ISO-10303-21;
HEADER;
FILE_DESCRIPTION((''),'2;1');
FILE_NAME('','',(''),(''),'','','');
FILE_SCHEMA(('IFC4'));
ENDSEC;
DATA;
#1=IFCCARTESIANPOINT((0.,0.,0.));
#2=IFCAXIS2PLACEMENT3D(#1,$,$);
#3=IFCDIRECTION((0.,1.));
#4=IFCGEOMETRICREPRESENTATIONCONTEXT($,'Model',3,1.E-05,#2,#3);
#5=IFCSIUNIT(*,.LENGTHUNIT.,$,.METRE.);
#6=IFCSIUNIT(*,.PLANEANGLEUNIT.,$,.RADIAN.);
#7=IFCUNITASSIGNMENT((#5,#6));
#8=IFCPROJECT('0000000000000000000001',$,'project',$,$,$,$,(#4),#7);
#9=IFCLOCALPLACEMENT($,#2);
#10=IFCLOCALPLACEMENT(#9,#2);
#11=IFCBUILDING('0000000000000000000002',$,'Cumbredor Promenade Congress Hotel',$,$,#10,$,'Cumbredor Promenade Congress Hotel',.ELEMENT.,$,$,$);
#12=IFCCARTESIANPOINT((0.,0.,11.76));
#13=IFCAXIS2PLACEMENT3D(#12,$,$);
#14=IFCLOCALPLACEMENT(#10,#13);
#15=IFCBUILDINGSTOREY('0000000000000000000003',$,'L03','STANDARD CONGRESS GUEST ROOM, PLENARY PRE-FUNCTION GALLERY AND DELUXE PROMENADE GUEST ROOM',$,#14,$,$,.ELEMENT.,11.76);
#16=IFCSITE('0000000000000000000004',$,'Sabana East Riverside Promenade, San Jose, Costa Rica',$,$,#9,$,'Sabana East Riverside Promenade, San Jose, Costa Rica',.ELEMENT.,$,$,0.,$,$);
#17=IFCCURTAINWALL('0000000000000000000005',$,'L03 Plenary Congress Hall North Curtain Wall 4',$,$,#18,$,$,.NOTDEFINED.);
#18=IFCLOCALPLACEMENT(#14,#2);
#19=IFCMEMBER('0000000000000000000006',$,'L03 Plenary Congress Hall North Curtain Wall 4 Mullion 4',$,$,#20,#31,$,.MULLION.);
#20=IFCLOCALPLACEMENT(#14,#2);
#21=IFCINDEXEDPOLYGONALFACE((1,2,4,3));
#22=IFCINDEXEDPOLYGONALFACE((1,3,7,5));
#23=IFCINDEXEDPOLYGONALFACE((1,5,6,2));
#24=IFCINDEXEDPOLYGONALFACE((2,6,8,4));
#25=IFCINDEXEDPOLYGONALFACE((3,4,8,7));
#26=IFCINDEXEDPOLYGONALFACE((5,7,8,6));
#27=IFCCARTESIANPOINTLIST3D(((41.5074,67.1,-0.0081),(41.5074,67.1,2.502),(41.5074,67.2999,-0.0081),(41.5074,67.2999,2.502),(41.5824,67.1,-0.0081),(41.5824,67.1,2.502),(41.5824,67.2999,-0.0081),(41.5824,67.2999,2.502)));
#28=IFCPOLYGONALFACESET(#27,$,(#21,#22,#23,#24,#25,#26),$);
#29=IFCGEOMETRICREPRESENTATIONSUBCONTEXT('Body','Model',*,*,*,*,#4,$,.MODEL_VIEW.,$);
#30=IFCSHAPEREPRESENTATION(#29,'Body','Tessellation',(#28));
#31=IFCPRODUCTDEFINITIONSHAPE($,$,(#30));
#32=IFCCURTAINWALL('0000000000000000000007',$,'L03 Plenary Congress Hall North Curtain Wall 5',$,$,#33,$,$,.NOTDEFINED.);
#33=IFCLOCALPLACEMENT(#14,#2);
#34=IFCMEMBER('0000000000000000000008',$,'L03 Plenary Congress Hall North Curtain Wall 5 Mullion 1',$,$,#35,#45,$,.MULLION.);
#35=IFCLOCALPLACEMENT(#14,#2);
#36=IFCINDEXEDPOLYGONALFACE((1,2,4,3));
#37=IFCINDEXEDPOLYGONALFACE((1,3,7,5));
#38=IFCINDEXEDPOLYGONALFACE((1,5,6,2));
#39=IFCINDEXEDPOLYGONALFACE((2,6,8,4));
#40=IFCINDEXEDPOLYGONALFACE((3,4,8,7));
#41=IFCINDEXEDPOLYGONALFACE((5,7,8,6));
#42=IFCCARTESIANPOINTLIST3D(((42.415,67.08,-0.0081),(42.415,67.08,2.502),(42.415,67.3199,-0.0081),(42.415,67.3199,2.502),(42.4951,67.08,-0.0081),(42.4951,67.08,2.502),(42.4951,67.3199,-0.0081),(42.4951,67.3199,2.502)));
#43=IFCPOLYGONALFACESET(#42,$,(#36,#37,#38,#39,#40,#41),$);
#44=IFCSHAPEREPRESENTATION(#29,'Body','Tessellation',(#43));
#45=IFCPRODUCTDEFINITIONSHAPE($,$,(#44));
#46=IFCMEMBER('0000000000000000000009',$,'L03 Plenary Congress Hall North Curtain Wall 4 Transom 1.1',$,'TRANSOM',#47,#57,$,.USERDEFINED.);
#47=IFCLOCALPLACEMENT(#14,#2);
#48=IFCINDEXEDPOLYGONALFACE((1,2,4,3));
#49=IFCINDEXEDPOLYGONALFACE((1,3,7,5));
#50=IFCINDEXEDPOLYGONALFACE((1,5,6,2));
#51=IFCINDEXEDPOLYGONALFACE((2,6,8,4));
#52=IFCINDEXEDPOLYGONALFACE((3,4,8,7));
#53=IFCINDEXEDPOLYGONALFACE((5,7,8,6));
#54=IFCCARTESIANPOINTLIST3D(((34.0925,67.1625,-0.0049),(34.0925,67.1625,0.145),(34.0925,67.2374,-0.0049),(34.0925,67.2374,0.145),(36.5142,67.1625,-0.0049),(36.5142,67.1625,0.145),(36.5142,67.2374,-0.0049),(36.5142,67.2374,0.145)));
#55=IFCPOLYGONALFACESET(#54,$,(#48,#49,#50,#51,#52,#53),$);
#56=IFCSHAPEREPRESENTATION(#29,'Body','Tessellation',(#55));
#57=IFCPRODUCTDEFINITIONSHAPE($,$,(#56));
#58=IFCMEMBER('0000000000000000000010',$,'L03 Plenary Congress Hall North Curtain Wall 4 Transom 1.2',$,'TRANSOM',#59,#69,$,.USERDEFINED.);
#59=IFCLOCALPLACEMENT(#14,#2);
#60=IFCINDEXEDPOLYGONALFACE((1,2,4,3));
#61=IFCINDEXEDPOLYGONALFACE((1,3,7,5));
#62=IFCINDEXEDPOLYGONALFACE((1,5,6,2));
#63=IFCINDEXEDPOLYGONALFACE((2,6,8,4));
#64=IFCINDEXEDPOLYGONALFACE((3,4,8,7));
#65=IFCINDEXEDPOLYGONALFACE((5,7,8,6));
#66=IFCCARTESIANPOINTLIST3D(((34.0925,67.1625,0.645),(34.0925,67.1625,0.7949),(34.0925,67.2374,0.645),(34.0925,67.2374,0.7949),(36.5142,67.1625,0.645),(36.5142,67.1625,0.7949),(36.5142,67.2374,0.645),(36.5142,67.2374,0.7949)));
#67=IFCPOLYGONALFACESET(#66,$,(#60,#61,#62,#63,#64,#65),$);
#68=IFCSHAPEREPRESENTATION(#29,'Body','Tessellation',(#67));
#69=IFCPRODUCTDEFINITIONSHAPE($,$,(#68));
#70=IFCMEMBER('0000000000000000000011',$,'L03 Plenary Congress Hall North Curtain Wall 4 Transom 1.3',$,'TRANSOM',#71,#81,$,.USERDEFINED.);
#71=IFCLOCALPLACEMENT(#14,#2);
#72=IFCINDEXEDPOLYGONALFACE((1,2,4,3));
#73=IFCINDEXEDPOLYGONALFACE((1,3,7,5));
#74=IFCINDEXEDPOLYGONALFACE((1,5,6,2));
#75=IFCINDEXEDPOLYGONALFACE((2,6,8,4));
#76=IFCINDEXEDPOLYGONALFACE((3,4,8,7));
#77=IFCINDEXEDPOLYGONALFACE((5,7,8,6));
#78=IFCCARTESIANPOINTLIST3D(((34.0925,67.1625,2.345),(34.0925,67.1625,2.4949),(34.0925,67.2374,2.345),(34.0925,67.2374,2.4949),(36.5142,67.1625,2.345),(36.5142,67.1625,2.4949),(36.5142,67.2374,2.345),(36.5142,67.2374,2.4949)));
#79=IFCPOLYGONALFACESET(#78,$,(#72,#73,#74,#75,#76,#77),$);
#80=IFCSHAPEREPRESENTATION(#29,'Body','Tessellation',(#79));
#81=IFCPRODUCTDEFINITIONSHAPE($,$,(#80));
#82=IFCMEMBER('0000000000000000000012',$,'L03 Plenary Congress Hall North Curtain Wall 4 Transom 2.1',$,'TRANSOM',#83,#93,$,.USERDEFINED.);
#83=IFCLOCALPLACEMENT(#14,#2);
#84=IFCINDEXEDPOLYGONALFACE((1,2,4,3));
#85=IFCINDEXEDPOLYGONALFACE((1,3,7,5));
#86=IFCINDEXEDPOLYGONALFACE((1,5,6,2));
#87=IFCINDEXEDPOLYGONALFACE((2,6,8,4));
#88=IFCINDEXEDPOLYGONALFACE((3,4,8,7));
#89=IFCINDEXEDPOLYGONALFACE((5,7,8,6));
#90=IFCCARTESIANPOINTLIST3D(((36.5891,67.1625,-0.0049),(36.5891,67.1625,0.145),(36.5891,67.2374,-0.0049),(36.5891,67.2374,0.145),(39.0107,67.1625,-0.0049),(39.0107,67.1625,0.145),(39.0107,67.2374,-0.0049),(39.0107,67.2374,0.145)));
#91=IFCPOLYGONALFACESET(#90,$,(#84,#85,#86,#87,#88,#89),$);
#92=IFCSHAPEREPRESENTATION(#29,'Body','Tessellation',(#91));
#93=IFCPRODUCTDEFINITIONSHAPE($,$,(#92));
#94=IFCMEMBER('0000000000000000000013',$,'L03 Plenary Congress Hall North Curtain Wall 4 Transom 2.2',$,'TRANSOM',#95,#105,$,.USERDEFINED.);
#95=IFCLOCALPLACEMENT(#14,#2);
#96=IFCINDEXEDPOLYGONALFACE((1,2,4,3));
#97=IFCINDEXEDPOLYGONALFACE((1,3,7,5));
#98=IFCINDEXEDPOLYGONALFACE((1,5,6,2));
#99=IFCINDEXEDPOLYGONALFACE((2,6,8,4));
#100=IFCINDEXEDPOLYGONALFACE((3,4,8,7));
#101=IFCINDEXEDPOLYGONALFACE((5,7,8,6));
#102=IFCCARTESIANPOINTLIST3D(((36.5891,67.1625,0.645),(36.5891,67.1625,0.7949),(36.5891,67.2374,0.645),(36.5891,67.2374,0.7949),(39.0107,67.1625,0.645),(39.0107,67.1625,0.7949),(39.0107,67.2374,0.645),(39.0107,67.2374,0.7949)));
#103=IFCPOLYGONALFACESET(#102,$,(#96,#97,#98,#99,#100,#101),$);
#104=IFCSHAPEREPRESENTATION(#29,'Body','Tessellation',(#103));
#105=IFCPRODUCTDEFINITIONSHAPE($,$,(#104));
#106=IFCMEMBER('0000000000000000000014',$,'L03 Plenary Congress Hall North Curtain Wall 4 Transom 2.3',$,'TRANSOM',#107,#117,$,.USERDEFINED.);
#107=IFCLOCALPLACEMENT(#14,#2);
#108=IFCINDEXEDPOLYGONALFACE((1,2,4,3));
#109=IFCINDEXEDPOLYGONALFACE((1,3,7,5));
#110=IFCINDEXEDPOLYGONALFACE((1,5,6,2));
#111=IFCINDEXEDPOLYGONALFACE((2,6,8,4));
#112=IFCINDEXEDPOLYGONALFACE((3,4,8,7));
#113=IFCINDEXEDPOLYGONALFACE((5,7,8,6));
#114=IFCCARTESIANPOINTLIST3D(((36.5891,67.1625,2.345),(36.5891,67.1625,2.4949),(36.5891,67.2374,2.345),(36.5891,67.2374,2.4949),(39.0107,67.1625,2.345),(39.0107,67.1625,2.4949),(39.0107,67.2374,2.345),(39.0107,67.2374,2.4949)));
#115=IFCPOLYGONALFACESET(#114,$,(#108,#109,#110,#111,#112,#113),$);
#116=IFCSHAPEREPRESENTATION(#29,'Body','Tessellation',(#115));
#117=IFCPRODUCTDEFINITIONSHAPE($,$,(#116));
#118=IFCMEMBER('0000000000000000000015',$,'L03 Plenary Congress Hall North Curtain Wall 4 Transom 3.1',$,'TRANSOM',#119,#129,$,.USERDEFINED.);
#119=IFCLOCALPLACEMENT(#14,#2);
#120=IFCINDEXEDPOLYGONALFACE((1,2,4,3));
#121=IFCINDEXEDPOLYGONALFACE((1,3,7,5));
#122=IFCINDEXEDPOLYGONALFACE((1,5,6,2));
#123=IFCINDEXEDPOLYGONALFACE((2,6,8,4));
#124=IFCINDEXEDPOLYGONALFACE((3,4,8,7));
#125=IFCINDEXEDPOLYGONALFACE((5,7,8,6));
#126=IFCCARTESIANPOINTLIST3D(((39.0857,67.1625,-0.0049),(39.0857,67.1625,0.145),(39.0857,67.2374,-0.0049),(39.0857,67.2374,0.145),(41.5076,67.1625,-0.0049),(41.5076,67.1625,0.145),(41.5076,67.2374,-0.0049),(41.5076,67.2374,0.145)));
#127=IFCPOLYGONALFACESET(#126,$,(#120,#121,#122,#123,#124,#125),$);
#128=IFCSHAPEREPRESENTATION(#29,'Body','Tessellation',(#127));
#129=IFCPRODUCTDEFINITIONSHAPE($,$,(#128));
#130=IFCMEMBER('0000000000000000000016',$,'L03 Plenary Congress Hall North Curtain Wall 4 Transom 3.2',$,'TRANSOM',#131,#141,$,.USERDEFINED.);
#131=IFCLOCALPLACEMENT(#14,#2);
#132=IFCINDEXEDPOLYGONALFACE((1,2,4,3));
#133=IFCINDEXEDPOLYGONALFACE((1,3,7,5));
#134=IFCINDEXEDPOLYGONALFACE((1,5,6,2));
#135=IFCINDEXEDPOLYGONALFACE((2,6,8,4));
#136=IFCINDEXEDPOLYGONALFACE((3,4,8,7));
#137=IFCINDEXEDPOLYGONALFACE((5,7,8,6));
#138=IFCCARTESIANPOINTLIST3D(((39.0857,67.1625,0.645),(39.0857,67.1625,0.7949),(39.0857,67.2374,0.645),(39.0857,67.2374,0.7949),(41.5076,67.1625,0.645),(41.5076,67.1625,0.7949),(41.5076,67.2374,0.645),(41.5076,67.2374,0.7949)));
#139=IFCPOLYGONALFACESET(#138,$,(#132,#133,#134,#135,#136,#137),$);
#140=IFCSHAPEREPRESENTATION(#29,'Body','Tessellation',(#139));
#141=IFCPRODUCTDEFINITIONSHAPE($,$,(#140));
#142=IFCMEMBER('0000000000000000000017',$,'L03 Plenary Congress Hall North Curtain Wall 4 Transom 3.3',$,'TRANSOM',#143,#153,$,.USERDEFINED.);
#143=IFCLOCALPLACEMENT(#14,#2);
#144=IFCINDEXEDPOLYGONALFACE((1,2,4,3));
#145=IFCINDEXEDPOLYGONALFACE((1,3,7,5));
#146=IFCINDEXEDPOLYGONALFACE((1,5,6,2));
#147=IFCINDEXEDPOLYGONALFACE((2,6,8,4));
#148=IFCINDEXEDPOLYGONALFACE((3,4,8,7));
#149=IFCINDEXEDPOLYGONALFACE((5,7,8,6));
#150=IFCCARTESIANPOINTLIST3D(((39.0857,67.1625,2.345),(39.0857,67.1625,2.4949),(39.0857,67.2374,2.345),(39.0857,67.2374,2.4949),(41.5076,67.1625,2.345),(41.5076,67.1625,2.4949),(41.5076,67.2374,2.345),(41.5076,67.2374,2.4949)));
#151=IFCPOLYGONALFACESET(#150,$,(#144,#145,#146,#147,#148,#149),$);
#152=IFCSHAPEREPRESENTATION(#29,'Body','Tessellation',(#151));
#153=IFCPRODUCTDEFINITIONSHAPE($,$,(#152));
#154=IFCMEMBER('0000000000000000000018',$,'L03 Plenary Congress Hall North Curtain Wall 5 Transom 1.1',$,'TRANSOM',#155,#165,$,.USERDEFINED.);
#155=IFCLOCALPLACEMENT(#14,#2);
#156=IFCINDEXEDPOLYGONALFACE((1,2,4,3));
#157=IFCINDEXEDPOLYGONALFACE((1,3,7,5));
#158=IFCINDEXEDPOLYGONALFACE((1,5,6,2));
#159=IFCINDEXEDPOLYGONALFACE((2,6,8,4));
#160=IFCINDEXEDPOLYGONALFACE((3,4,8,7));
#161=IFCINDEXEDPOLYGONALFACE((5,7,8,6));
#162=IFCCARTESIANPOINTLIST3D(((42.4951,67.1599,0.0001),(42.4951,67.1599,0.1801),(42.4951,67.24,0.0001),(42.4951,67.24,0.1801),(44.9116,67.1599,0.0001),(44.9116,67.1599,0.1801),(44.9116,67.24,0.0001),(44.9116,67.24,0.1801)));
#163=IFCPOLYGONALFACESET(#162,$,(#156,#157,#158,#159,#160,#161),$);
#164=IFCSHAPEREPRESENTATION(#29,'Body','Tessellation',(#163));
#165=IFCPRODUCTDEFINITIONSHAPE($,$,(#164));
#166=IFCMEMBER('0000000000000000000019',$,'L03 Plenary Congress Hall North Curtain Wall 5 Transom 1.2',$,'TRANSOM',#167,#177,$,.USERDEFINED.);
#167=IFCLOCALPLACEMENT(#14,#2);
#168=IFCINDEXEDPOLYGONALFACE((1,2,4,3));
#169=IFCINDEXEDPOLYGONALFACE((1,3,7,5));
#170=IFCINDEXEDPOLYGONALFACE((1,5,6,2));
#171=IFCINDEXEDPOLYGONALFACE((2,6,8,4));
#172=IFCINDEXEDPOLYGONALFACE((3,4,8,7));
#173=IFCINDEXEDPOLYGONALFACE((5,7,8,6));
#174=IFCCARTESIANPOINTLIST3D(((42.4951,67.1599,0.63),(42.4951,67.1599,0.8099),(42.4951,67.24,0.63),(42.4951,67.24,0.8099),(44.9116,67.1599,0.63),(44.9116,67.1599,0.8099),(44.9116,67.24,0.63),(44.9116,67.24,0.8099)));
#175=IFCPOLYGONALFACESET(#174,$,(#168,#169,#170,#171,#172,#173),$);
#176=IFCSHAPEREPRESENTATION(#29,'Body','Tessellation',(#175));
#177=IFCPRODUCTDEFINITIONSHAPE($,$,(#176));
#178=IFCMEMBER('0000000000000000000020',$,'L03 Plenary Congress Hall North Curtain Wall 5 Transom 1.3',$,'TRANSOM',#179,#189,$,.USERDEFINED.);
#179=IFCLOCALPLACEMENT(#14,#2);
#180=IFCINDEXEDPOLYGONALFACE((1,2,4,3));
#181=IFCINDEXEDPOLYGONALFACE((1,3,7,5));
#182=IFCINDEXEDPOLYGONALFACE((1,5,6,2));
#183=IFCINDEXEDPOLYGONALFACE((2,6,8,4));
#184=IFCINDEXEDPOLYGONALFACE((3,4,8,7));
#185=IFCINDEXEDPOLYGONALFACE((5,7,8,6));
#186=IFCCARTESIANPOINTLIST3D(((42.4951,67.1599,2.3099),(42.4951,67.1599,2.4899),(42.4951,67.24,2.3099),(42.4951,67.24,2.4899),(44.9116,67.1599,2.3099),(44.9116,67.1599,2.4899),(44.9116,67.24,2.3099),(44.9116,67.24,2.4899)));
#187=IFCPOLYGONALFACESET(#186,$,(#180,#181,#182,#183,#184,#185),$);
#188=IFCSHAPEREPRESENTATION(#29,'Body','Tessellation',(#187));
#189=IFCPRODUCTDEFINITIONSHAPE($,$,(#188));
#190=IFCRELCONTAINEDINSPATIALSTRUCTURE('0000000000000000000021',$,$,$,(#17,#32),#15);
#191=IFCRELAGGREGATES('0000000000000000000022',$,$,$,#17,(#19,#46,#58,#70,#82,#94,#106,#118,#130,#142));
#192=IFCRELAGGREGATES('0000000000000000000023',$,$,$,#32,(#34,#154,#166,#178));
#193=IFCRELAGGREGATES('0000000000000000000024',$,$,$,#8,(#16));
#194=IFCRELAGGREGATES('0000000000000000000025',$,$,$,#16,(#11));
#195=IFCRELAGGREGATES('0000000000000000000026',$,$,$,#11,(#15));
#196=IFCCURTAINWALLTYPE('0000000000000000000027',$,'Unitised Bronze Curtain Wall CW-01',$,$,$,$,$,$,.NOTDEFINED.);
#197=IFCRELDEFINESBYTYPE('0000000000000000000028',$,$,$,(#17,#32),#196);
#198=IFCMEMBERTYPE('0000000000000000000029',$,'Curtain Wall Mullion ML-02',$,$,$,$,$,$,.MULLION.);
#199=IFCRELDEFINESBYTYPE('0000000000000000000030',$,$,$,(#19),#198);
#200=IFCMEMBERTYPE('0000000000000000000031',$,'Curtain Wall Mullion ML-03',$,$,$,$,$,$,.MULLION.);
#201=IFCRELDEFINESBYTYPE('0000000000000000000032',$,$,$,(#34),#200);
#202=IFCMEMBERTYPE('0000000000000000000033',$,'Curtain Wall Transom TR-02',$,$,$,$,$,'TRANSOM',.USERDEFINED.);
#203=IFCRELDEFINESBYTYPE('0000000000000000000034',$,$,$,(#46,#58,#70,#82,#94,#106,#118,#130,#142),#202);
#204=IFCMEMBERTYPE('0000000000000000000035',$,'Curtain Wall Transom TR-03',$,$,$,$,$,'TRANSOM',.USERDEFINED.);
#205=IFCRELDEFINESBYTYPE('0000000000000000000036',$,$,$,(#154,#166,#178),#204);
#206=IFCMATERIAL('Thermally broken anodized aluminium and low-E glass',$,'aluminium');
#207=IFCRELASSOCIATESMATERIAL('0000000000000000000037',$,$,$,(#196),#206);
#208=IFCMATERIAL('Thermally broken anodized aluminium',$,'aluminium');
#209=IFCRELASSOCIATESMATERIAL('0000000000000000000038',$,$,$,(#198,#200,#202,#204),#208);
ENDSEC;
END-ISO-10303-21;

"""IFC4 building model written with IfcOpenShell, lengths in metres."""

from ifc_helpers import new_model, si_unit, direction, frame, origin, origin_2d, place, context, subcontext, project, spatial, rectangle, extrude, material, material_profile, profile_set, type_object, element, aggregate, save


model = new_model("IFC4")

# Units and contexts
model_context = context("Model", 3, precision=1e-05, world=origin(), true_north=direction((0.0, 1.0)))
body_context = subcontext(model_context, "Body", "Model", "MODEL_VIEW")
ifc_project = project(units=[si_unit("LENGTHUNIT", "METRE"), si_unit("PLANEANGLEUNIT", "RADIAN")], contexts=[model_context])

# Site, building, storey
site_placement = place(None, origin())
site = spatial("IfcSite", under=ifc_project, at=site_placement, Name="Sabana East Riverside Promenade, San Jose, Costa Rica", LongName="Sabana East Riverside Promenade, San Jose, Costa Rica", CompositionType="ELEMENT", RefElevation=0.0)
building_placement = place(site_placement, origin())
building = spatial("IfcBuilding", under=site, at=building_placement, Name="Cumbredor Promenade Congress Hotel", LongName="Cumbredor Promenade Congress Hotel", CompositionType="ELEMENT")
storey_placement = place(building_placement, frame((0.0, 0.0, 11.76)))
storey = spatial("IfcBuildingStorey", under=building, at=storey_placement, Name="L03", Description="STANDARD CONGRESS GUEST ROOM, PLENARY PRE-FUNCTION GALLERY AND DELUXE PROMENADE GUEST ROOM", CompositionType="ELEMENT", Elevation=11.76)

# Curtain wall, member
ifc_material_1 = material(Name="Thermally broken anodized aluminium and low-E glass", Category="aluminium")
curtain_wall_type = type_object("IfcCurtainWallType", Name="Unitised Bronze Curtain Wall CW-01", PredefinedType="NOTDEFINED", material=ifc_material_1)
curtain_wall_1_placement = place(storey_placement, origin())
curtain_wall_1 = element("IfcCurtainWall", 1, at=curtain_wall_1_placement, inside=storey, type_object=curtain_wall_type, Name="L03 Plenary Congress Hall North Curtain Wall 4", PredefinedType="NOTDEFINED")
ifc_material_2 = material(Name="Thermally broken anodized aluminium", Category="aluminium")
ifc_material_profile_1 = material_profile(ifc_material_2, rectangle(XDim=0.075, YDim=0.2, at=origin_2d()), Name="ALU MULLION 75x200")
ifc_profile_set_1 = profile_set([ifc_material_profile_1], Name="Thermally broken anodized aluminium")
member_type_1 = type_object("IfcMemberType", Name="Curtain Wall Mullion ML-02", PredefinedType="MULLION", material=ifc_profile_set_1)
member_1_placement = place(storey_placement, frame((41.5449, 67.2, -0.0081), z_axis=(0.0, 0.0, 1.0), x_axis=(1.0, 0.0, 0.0)))
member_1 = element("IfcMember", 2, at=member_1_placement, type_object=member_type_1, Name="L03 Plenary Congress Hall North Curtain Wall 4 Mullion 4", PredefinedType="MULLION", context=body_context, shape_type="SweptSolid", body=[
    extrude(rectangle(XDim=0.075, YDim=0.2, at=origin_2d()), origin(), (0.0, 0.0, 1.0), 2.51),
])

# Curtain wall, member
curtain_wall_2_placement = place(storey_placement, origin())
curtain_wall_2 = element("IfcCurtainWall", 3, at=curtain_wall_2_placement, inside=storey, type_object=curtain_wall_type, Name="L03 Plenary Congress Hall North Curtain Wall 5", PredefinedType="NOTDEFINED")
ifc_material_profile_2 = material_profile(ifc_material_2, rectangle(XDim=0.0801, YDim=0.24, at=origin_2d()), Name="ALU MULLION 80x240")
ifc_profile_set_2 = profile_set([ifc_material_profile_2], Name="Thermally broken anodized aluminium")
member_type_2 = type_object("IfcMemberType", Name="Curtain Wall Mullion ML-03", PredefinedType="MULLION", material=ifc_profile_set_2)
member_2_placement = place(storey_placement, frame((42.4551, 67.2, -0.0081), z_axis=(0.0, 0.0, 1.0), x_axis=(1.0, 0.0, 0.0)))
member_2 = element("IfcMember", 4, at=member_2_placement, type_object=member_type_2, Name="L03 Plenary Congress Hall North Curtain Wall 5 Mullion 1", PredefinedType="MULLION", context=body_context, shape_type="SweptSolid", body=[
    extrude(rectangle(XDim=0.0801, YDim=0.24, at=origin_2d()), origin(), (0.0, 0.0, 1.0), 2.51),
])

# Members
ifc_material_profile_3 = material_profile(ifc_material_2, rectangle(XDim=0.075, YDim=0.1499, at=origin_2d()), Name="ALU TRANSOM 75x150")
ifc_profile_set_3 = profile_set([ifc_material_profile_3], Name="Thermally broken anodized aluminium")
member_type_3 = type_object("IfcMemberType", Name="Curtain Wall Transom TR-02", ElementType="TRANSOM", PredefinedType="USERDEFINED", material=ifc_profile_set_3)
member_3_placement = place(storey_placement, frame((34.0925, 67.2, 0.0701), z_axis=(1.0, 0.0, 0.0), x_axis=(0.0, 1.0, 0.0)))
member_3 = element("IfcMember", 5, at=member_3_placement, type_object=member_type_3, Name="L03 Plenary Congress Hall North Curtain Wall 4 Transom 1.1", ObjectType="TRANSOM", PredefinedType="USERDEFINED", context=body_context, shape_type="SweptSolid", body=[
    extrude(rectangle(XDim=0.075, YDim=0.1499, at=origin_2d()), origin(), (0.0, 0.0, 1.0), 2.4216),
])
member_4_placement = place(storey_placement, frame((34.0925, 67.2, 0.72), z_axis=(1.0, 0.0, 0.0), x_axis=(0.0, 1.0, 0.0)))
member_4 = element("IfcMember", 6, at=member_4_placement, type_object=member_type_3, Name="L03 Plenary Congress Hall North Curtain Wall 4 Transom 1.2", ObjectType="TRANSOM", PredefinedType="USERDEFINED", context=body_context, shape_type="SweptSolid", body=[
    extrude(rectangle(XDim=0.075, YDim=0.1499, at=origin_2d()), origin(), (0.0, 0.0, 1.0), 2.4216),
])
member_5_placement = place(storey_placement, frame((34.0925, 67.2, 2.4199), z_axis=(1.0, 0.0, 0.0), x_axis=(0.0, 1.0, 0.0)))
member_5 = element("IfcMember", 7, at=member_5_placement, type_object=member_type_3, Name="L03 Plenary Congress Hall North Curtain Wall 4 Transom 1.3", ObjectType="TRANSOM", PredefinedType="USERDEFINED", context=body_context, shape_type="SweptSolid", body=[
    extrude(rectangle(XDim=0.075, YDim=0.1499, at=origin_2d()), origin(), (0.0, 0.0, 1.0), 2.4216),
])
member_6_placement = place(storey_placement, frame((36.5891, 67.2, 0.0701), z_axis=(1.0, 0.0, 0.0), x_axis=(0.0, 1.0, 0.0)))
member_6 = element("IfcMember", 8, at=member_6_placement, type_object=member_type_3, Name="L03 Plenary Congress Hall North Curtain Wall 4 Transom 2.1", ObjectType="TRANSOM", PredefinedType="USERDEFINED", context=body_context, shape_type="SweptSolid", body=[
    extrude(rectangle(XDim=0.075, YDim=0.1499, at=origin_2d()), origin(), (0.0, 0.0, 1.0), 2.4216),
])
member_7_placement = place(storey_placement, frame((36.5891, 67.2, 0.72), z_axis=(1.0, 0.0, 0.0), x_axis=(0.0, 1.0, 0.0)))
member_7 = element("IfcMember", 9, at=member_7_placement, type_object=member_type_3, Name="L03 Plenary Congress Hall North Curtain Wall 4 Transom 2.2", ObjectType="TRANSOM", PredefinedType="USERDEFINED", context=body_context, shape_type="SweptSolid", body=[
    extrude(rectangle(XDim=0.075, YDim=0.1499, at=origin_2d()), origin(), (0.0, 0.0, 1.0), 2.4216),
])
member_8_placement = place(storey_placement, frame((36.5891, 67.2, 2.4199), z_axis=(1.0, 0.0, 0.0), x_axis=(0.0, 1.0, 0.0)))
member_8 = element("IfcMember", 10, at=member_8_placement, type_object=member_type_3, Name="L03 Plenary Congress Hall North Curtain Wall 4 Transom 2.3", ObjectType="TRANSOM", PredefinedType="USERDEFINED", context=body_context, shape_type="SweptSolid", body=[
    extrude(rectangle(XDim=0.075, YDim=0.1499, at=origin_2d()), origin(), (0.0, 0.0, 1.0), 2.4216),
])
member_9_placement = place(storey_placement, frame((39.0857, 67.2, 0.0701), z_axis=(1.0, 0.0, 0.0), x_axis=(0.0, 1.0, 0.0)))
member_9 = element("IfcMember", 11, at=member_9_placement, type_object=member_type_3, Name="L03 Plenary Congress Hall North Curtain Wall 4 Transom 3.1", ObjectType="TRANSOM", PredefinedType="USERDEFINED", context=body_context, shape_type="SweptSolid", body=[
    extrude(rectangle(XDim=0.075, YDim=0.1499, at=origin_2d()), origin(), (0.0, 0.0, 1.0), 2.4219),
])
member_10_placement = place(storey_placement, frame((39.0857, 67.2, 0.72), z_axis=(1.0, 0.0, 0.0), x_axis=(0.0, 1.0, 0.0)))
member_10 = element("IfcMember", 12, at=member_10_placement, type_object=member_type_3, Name="L03 Plenary Congress Hall North Curtain Wall 4 Transom 3.2", ObjectType="TRANSOM", PredefinedType="USERDEFINED", context=body_context, shape_type="SweptSolid", body=[
    extrude(rectangle(XDim=0.075, YDim=0.1499, at=origin_2d()), origin(), (0.0, 0.0, 1.0), 2.4219),
])
member_11_placement = place(storey_placement, frame((39.0857, 67.2, 2.4199), z_axis=(1.0, 0.0, 0.0), x_axis=(0.0, 1.0, 0.0)))
member_11 = element("IfcMember", 13, at=member_11_placement, type_object=member_type_3, Name="L03 Plenary Congress Hall North Curtain Wall 4 Transom 3.3", ObjectType="TRANSOM", PredefinedType="USERDEFINED", context=body_context, shape_type="SweptSolid", body=[
    extrude(rectangle(XDim=0.075, YDim=0.1499, at=origin_2d()), origin(), (0.0, 0.0, 1.0), 2.4219),
])
ifc_material_profile_4 = material_profile(ifc_material_2, rectangle(XDim=0.0801, YDim=0.1799, at=origin_2d()), Name="ALU TRANSOM 80x180")
ifc_profile_set_4 = profile_set([ifc_material_profile_4], Name="Thermally broken anodized aluminium")
member_type_4 = type_object("IfcMemberType", Name="Curtain Wall Transom TR-03", ElementType="TRANSOM", PredefinedType="USERDEFINED", material=ifc_profile_set_4)
member_12_placement = place(storey_placement, frame((42.4951, 67.2, 0.0901), z_axis=(1.0, 0.0, 0.0), x_axis=(0.0, 1.0, 0.0)))
member_12 = element("IfcMember", 14, at=member_12_placement, type_object=member_type_4, Name="L03 Plenary Congress Hall North Curtain Wall 5 Transom 1.1", ObjectType="TRANSOM", PredefinedType="USERDEFINED", context=body_context, shape_type="SweptSolid", body=[
    extrude(rectangle(XDim=0.0801, YDim=0.1799, at=origin_2d()), origin(), (0.0, 0.0, 1.0), 2.4165),
])
member_13_placement = place(storey_placement, frame((42.4951, 67.2, 0.72), z_axis=(1.0, 0.0, 0.0), x_axis=(0.0, 1.0, 0.0)))
member_13 = element("IfcMember", 15, at=member_13_placement, type_object=member_type_4, Name="L03 Plenary Congress Hall North Curtain Wall 5 Transom 1.2", ObjectType="TRANSOM", PredefinedType="USERDEFINED", context=body_context, shape_type="SweptSolid", body=[
    extrude(rectangle(XDim=0.0801, YDim=0.1799, at=origin_2d()), origin(), (0.0, 0.0, 1.0), 2.4165),
])
member_14_placement = place(storey_placement, frame((42.4951, 67.2, 2.3999), z_axis=(1.0, 0.0, 0.0), x_axis=(0.0, 1.0, 0.0)))
member_14 = element("IfcMember", 16, at=member_14_placement, type_object=member_type_4, Name="L03 Plenary Congress Hall North Curtain Wall 5 Transom 1.3", ObjectType="TRANSOM", PredefinedType="USERDEFINED", context=body_context, shape_type="SweptSolid", body=[
    extrude(rectangle(XDim=0.0801, YDim=0.1799, at=origin_2d()), origin(), (0.0, 0.0, 1.0), 2.4165),
])

aggregate(curtain_wall_1, [member_1, member_3, member_4, member_5, member_6, member_7, member_8, member_9, member_10, member_11])
aggregate(curtain_wall_2, [member_2, member_12, member_13, member_14])

save(model, "model.ifc")
